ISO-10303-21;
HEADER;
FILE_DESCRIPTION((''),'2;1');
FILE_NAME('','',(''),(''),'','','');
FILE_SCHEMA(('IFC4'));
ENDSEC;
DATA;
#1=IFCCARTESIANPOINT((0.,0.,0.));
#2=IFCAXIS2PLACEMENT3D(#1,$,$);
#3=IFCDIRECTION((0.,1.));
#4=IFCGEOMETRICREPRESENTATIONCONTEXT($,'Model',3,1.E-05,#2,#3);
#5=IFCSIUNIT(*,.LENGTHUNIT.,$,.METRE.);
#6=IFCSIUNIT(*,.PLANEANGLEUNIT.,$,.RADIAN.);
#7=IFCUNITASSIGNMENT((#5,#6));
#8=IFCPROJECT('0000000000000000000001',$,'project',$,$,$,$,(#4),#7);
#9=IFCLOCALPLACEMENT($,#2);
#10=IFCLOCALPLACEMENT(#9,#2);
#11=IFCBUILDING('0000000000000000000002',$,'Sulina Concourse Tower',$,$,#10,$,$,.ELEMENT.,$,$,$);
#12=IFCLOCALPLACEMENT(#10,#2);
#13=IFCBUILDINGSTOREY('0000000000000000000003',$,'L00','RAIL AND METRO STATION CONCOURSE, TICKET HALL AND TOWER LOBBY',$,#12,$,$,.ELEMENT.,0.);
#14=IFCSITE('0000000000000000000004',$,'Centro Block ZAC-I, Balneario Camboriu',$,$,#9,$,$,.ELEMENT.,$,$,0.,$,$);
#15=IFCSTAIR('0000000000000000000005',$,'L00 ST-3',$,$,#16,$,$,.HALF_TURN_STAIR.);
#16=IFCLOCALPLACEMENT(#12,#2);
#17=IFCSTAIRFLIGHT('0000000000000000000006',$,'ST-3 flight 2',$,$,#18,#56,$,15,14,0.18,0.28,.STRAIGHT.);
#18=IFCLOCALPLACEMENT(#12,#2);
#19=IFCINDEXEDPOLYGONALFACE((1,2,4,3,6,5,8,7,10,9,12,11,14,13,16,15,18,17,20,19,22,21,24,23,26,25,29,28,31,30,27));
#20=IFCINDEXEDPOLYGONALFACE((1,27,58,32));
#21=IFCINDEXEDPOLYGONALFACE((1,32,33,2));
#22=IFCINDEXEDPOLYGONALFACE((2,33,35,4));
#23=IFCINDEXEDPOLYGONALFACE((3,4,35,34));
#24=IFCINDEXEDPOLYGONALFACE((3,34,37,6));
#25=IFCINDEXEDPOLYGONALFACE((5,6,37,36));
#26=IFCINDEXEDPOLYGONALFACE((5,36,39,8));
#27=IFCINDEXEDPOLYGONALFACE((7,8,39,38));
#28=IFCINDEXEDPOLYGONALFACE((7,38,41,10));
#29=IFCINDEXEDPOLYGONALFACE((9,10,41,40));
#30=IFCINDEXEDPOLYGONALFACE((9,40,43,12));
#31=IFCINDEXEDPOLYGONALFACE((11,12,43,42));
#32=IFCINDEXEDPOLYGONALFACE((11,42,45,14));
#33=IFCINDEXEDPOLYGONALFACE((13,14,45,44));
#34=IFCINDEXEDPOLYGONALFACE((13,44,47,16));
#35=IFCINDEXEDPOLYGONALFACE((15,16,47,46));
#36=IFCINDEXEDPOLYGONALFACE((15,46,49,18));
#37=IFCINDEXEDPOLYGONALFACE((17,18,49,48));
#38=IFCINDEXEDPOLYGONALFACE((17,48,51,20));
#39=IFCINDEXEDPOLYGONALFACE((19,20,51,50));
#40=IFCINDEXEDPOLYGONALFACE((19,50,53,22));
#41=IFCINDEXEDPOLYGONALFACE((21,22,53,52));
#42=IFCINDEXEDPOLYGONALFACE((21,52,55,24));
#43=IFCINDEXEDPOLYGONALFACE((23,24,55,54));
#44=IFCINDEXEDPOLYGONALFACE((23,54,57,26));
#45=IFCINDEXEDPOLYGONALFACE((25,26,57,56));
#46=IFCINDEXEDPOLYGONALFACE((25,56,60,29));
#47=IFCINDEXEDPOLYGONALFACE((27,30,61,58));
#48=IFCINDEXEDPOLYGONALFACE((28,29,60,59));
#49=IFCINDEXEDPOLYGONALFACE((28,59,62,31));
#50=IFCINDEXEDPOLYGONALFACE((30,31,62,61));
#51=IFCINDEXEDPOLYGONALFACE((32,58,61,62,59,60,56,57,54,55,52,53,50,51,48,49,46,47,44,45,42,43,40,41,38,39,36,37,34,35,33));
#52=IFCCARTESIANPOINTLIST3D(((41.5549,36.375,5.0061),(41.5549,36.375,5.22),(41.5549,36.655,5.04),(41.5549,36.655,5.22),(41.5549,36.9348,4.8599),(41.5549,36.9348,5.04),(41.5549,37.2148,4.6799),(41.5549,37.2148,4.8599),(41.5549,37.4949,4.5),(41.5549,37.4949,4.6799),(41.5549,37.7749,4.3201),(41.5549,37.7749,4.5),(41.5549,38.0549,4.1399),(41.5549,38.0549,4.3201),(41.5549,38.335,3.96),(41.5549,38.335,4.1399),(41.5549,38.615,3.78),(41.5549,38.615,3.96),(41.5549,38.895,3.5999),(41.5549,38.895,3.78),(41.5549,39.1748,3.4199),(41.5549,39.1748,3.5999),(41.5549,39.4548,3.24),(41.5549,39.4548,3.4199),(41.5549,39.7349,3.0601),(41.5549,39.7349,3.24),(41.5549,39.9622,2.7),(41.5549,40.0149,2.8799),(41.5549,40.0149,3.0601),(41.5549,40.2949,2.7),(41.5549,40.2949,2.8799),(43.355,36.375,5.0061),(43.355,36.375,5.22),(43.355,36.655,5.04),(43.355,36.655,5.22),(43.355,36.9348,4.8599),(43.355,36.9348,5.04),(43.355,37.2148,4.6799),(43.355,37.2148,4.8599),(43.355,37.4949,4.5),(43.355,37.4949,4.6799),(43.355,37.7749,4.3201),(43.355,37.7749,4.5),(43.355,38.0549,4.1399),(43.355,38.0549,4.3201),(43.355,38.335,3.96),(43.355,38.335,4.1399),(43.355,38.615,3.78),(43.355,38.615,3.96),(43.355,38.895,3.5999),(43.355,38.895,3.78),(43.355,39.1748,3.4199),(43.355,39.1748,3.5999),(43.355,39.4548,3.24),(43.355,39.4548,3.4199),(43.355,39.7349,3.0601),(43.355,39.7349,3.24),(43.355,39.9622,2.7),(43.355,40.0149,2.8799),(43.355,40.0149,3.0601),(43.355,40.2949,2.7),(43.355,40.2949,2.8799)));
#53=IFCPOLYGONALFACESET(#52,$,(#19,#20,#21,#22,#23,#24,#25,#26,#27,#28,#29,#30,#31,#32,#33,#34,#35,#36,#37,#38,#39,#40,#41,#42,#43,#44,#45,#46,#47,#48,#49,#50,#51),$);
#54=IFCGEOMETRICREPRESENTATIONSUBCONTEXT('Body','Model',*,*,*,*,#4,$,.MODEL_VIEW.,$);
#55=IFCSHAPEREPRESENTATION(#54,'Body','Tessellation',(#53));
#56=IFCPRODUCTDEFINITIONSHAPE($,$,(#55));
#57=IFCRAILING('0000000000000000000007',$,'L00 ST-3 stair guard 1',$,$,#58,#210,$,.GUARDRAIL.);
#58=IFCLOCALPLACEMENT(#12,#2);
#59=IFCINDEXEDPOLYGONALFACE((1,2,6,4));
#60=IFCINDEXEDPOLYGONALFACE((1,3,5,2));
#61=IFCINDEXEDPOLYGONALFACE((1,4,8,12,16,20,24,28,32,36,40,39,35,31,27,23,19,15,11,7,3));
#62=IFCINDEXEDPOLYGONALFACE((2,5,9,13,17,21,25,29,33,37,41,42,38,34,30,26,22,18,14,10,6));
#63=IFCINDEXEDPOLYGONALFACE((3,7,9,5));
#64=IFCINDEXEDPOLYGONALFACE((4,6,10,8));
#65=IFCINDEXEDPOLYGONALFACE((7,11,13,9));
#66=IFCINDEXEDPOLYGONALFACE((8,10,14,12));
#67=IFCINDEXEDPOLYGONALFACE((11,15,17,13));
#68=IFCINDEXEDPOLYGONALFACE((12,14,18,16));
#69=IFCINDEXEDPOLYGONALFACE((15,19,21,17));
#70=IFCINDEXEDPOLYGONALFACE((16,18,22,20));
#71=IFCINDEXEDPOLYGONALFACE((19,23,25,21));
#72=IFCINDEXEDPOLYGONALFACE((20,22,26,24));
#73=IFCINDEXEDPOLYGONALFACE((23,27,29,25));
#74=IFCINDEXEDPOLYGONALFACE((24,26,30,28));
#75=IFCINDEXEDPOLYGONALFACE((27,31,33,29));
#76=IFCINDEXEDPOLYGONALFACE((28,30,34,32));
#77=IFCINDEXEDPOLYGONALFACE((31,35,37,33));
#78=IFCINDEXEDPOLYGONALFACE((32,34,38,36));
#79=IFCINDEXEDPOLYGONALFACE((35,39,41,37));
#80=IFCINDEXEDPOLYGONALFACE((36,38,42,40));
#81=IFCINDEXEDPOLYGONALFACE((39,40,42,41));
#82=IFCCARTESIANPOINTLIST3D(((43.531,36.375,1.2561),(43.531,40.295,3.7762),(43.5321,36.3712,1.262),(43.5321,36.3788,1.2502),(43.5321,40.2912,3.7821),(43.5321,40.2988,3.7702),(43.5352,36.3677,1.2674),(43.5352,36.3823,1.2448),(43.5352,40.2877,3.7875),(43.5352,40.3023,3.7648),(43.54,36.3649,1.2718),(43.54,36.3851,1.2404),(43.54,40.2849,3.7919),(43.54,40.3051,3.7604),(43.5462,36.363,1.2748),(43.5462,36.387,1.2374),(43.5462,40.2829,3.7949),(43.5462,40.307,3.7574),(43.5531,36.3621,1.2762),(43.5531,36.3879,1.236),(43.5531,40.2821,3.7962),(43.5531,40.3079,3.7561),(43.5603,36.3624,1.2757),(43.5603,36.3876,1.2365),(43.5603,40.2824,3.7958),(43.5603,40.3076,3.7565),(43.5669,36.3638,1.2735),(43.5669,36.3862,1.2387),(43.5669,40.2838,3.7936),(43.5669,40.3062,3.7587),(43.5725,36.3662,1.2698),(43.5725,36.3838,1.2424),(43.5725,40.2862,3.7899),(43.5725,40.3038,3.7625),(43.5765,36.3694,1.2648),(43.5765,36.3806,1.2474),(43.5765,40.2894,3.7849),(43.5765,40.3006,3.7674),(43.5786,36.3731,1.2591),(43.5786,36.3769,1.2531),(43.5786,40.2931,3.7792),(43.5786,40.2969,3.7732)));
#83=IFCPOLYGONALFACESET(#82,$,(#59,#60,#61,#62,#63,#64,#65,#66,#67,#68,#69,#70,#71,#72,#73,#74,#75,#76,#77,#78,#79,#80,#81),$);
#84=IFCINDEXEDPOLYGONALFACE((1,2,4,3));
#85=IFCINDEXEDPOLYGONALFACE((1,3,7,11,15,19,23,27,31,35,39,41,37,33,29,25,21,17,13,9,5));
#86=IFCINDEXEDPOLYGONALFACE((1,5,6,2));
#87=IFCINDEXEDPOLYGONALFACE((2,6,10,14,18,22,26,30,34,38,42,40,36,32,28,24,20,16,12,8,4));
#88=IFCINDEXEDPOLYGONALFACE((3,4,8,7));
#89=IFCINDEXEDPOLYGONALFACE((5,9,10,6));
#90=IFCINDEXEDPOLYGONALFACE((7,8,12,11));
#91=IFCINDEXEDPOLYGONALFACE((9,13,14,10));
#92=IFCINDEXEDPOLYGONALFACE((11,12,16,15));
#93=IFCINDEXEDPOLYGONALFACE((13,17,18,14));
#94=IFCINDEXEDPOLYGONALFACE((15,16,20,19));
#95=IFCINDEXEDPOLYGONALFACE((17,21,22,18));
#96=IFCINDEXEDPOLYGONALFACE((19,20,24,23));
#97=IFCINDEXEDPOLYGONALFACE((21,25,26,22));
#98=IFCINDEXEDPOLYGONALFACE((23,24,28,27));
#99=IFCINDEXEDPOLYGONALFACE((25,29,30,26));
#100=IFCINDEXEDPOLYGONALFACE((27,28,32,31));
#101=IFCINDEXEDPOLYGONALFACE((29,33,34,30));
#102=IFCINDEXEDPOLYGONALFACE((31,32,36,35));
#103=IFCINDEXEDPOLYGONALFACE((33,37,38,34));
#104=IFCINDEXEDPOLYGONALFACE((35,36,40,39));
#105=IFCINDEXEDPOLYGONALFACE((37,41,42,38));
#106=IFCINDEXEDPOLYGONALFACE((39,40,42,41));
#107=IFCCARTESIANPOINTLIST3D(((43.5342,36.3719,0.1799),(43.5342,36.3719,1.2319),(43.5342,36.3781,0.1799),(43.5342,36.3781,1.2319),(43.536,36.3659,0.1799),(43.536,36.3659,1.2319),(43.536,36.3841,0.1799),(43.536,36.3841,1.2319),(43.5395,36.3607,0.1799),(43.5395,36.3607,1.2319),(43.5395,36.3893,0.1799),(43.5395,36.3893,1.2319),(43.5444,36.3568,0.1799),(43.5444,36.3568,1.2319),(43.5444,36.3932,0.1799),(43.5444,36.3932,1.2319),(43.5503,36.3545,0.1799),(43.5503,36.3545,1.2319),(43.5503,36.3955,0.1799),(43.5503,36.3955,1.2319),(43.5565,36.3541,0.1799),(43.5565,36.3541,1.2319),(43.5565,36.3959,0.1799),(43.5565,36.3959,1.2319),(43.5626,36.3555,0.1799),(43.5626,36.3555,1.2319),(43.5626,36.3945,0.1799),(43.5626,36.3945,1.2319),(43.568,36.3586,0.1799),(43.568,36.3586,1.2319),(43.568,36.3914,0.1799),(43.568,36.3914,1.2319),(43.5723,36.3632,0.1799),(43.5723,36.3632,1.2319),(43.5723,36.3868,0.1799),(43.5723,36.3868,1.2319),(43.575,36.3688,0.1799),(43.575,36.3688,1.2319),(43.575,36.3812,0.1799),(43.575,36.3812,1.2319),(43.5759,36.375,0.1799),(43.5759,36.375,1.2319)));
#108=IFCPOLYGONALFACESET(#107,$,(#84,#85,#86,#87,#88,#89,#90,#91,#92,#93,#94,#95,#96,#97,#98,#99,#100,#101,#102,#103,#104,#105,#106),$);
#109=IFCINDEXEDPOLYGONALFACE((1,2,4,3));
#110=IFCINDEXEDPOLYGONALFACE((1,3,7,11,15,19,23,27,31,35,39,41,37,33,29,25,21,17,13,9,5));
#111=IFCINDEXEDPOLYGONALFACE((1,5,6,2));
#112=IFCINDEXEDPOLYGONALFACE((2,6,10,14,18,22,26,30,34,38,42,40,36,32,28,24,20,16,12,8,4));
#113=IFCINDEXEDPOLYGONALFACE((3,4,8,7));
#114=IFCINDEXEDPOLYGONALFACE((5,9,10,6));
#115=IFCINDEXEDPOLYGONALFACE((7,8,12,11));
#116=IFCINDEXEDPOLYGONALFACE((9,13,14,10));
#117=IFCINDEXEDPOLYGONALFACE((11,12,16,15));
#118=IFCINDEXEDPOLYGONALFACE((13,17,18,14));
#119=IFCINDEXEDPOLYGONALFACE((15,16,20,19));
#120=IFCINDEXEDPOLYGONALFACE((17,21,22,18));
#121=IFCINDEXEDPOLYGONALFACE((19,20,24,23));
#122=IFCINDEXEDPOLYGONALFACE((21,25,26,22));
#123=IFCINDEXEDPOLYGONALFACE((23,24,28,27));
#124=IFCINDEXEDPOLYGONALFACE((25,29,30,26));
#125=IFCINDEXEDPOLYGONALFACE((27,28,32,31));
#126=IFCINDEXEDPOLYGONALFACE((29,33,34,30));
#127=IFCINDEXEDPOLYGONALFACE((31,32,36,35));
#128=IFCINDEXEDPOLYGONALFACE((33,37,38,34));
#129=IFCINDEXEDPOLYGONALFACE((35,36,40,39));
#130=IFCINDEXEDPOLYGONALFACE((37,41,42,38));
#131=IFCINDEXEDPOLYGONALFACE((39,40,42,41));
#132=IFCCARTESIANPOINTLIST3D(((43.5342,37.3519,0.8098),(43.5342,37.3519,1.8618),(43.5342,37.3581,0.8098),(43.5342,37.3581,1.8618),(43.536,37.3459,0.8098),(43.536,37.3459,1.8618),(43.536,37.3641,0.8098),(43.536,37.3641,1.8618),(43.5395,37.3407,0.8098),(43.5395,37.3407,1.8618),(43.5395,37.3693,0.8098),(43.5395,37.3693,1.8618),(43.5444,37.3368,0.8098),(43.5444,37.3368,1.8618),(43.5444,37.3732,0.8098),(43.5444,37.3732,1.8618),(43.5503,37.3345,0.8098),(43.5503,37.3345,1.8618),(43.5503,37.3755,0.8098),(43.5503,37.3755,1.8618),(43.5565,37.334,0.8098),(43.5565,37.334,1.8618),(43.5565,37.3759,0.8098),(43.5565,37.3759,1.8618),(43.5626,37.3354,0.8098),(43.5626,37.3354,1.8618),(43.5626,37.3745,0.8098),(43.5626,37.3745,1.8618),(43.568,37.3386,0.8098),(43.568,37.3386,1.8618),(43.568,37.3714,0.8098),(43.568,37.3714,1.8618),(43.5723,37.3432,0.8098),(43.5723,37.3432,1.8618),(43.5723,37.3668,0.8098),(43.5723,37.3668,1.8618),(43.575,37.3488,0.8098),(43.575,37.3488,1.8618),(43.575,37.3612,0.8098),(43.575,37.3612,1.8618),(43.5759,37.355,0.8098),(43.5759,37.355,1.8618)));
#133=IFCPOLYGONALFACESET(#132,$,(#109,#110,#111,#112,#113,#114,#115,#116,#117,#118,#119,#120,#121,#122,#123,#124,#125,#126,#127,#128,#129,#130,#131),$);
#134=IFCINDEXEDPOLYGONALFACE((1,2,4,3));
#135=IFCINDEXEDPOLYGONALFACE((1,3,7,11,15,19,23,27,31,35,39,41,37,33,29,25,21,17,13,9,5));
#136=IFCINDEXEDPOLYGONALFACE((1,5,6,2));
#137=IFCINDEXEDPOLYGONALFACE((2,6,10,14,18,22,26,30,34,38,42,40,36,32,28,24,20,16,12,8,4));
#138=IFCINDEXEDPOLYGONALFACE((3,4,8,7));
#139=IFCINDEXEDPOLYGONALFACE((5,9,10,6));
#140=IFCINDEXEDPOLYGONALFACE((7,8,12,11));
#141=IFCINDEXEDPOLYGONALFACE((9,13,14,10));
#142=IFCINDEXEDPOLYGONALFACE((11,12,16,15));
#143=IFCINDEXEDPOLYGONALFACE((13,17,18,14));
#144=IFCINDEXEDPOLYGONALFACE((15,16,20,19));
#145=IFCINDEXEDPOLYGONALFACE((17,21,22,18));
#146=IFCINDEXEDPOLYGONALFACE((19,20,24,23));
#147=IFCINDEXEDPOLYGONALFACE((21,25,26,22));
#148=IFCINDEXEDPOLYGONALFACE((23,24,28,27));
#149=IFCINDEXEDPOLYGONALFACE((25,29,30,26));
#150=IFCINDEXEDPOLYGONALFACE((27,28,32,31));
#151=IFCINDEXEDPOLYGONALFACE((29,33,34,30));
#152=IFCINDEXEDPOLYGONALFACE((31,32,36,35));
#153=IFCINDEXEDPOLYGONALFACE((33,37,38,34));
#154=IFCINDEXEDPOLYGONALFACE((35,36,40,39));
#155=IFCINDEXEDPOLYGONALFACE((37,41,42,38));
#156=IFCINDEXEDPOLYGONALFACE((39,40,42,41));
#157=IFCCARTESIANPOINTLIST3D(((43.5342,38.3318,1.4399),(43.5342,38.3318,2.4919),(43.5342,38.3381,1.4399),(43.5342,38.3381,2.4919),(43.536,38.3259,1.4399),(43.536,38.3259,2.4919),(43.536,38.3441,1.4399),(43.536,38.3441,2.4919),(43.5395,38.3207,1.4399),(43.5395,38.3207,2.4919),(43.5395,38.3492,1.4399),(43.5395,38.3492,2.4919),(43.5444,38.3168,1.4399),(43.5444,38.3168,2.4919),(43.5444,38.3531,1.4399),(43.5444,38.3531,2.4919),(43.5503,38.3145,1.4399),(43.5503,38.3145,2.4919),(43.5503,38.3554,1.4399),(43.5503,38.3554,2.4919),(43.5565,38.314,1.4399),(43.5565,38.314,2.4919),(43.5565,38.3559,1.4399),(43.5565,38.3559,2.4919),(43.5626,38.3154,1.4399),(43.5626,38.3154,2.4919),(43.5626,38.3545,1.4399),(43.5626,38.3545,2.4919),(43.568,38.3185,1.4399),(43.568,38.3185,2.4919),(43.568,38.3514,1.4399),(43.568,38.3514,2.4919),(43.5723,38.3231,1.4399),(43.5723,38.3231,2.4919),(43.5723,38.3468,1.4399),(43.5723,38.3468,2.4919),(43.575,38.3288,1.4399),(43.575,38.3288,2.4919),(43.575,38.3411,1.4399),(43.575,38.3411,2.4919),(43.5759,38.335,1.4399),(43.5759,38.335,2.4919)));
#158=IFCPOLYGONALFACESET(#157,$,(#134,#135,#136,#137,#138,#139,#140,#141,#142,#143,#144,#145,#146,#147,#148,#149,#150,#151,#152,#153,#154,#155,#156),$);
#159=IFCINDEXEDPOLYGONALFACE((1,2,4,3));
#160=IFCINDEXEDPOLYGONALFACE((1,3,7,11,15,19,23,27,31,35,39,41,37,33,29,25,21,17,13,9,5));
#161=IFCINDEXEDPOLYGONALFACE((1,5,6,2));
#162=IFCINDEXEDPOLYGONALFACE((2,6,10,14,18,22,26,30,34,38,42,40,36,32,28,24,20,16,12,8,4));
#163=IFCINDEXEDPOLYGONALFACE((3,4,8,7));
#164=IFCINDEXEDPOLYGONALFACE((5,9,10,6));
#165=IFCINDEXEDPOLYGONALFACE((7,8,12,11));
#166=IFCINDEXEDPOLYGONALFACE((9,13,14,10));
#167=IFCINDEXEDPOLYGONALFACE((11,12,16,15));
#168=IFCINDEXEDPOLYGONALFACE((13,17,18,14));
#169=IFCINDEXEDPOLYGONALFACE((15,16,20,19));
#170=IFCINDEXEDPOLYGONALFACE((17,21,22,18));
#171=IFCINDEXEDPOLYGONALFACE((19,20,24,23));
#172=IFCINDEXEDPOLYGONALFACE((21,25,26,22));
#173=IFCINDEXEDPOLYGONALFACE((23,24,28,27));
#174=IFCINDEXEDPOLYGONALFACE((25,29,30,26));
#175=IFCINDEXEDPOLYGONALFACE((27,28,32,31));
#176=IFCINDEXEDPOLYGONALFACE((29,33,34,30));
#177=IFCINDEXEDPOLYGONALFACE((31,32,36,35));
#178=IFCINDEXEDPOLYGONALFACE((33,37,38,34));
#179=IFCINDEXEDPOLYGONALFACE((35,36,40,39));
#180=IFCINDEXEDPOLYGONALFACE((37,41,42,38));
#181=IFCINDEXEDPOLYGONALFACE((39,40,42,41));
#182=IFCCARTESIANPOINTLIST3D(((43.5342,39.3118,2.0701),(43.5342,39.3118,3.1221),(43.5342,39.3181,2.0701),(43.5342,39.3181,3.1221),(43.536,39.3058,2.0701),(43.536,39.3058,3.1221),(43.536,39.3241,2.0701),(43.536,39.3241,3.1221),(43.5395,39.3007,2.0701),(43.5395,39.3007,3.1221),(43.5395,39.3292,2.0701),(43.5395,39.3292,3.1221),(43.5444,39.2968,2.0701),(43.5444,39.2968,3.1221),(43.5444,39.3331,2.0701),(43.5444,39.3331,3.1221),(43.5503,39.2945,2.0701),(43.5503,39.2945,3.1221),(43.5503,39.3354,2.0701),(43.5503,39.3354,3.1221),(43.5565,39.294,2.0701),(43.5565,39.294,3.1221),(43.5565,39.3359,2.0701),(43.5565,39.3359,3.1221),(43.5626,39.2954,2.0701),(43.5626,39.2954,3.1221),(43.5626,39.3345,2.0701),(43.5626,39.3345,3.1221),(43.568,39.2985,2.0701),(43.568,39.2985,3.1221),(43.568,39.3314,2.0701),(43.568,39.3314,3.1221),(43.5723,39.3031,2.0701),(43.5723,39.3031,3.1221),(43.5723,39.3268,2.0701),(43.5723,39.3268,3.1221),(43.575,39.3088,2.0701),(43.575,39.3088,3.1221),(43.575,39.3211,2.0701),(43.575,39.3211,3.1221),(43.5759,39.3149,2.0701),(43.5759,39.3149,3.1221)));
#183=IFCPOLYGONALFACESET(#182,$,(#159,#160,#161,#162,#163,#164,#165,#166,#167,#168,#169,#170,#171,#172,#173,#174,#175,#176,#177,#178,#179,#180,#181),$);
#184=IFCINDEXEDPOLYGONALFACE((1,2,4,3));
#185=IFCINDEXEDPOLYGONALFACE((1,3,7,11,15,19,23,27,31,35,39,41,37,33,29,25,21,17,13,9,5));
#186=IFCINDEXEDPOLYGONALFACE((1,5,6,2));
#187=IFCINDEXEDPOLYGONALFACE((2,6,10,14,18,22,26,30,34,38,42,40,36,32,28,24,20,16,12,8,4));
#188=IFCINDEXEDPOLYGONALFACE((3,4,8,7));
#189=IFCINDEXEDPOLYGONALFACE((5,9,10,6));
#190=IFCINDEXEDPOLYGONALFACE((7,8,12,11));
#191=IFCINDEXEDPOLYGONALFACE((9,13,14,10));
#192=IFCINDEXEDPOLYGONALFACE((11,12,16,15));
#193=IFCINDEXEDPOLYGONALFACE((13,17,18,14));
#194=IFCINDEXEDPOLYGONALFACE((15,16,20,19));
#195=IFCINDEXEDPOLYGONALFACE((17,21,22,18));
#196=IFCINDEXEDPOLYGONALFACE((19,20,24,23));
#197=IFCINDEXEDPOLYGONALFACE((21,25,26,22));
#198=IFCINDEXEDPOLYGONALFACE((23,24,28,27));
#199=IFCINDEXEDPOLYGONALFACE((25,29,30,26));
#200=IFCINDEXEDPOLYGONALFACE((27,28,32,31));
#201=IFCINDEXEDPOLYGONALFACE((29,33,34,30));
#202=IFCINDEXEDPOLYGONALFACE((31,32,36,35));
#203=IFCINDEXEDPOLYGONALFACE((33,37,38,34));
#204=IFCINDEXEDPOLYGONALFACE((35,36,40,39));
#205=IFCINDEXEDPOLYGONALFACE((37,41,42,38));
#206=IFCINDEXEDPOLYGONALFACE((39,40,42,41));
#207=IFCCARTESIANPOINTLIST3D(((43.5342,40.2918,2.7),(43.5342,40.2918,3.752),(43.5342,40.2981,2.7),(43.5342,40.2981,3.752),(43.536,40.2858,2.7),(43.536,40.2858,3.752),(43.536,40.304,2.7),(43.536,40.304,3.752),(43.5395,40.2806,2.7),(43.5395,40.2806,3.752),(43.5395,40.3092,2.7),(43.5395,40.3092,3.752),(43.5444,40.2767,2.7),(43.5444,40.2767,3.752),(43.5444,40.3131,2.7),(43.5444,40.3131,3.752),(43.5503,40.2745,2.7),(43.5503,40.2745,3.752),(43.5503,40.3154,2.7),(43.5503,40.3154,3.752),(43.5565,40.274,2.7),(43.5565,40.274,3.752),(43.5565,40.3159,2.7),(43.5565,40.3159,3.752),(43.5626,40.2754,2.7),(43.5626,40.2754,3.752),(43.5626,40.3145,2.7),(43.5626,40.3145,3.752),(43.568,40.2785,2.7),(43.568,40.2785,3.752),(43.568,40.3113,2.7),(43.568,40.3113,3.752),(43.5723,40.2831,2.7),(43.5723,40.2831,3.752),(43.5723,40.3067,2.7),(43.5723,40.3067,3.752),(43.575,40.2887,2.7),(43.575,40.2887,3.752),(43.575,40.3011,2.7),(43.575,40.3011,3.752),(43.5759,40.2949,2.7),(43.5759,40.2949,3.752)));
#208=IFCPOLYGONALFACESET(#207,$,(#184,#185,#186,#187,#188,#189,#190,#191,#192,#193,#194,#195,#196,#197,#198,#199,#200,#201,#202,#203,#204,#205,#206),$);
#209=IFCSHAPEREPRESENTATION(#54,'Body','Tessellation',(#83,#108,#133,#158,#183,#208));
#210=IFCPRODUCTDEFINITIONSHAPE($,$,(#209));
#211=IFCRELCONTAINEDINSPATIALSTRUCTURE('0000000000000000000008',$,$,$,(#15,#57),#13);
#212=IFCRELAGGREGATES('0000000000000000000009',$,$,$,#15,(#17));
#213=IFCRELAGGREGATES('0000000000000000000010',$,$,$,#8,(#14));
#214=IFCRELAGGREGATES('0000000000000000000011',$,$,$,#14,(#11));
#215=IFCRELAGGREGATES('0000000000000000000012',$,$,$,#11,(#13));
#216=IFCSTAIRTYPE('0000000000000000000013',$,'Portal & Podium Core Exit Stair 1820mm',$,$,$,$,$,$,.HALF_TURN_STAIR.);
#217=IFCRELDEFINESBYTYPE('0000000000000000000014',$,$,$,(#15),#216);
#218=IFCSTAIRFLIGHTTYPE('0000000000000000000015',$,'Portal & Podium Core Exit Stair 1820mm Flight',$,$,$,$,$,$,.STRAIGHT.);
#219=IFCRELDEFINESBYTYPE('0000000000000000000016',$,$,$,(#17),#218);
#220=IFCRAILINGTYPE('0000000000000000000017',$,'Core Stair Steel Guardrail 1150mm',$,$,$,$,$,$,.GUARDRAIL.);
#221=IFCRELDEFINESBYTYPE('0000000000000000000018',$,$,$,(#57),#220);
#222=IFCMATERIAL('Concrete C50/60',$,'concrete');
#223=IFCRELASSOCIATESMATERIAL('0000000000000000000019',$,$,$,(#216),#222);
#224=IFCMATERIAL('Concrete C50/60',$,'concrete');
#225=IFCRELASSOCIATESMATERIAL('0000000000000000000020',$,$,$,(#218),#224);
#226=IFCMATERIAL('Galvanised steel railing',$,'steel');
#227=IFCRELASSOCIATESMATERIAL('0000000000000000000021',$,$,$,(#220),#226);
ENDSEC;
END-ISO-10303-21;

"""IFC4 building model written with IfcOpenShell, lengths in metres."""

from ifc_helpers import new_model, si_unit, direction, frame, origin, origin_2d, place, context, subcontext, project, spatial, polyline, circle, outline, extrude, material, type_object, element, aggregate, save


model = new_model("IFC4")

# Units and contexts
model_context = context("Model", 3, precision=1e-05, world=origin(), true_north=direction((0.0, 1.0)))
body_context = subcontext(model_context, "Body", "Model", "MODEL_VIEW")
ifc_project = project(units=[si_unit("LENGTHUNIT", "METRE"), si_unit("PLANEANGLEUNIT", "RADIAN")], contexts=[model_context])

# Site, building, storey
site_placement = place(None, origin())
site = spatial("IfcSite", under=ifc_project, at=site_placement, Name="Centro Block ZAC-I, Balneario Camboriu", CompositionType="ELEMENT", RefElevation=0.0)
building_placement = place(site_placement, origin())
building = spatial("IfcBuilding", under=site, at=building_placement, Name="Sulina Concourse Tower", CompositionType="ELEMENT")
storey_placement = place(building_placement, origin())
storey = spatial("IfcBuildingStorey", under=building, at=storey_placement, Name="L00", Description="RAIL AND METRO STATION CONCOURSE, TICKET HALL AND TOWER LOBBY", CompositionType="ELEMENT", Elevation=0.0)

# Stair, stair flight
ifc_material_1 = material(Name="Concrete C50/60", Category="concrete")
stair_type = type_object("IfcStairType", Name="Portal & Podium Core Exit Stair 1820mm", PredefinedType="HALF_TURN_STAIR", material=ifc_material_1)
stair_placement = place(storey_placement, origin())
stair = element("IfcStair", 1, at=stair_placement, inside=storey, type_object=stair_type, Name="L00 ST-3", PredefinedType="HALF_TURN_STAIR")
ifc_material_2 = material(Name="Concrete C50/60", Category="concrete")
stair_flight_type = type_object("IfcStairFlightType", Name="Portal & Podium Core Exit Stair 1820mm Flight", PredefinedType="STRAIGHT", material=ifc_material_2)
stair_flight_1_placement = place(storey_placement, frame((42.4551, 40.2949, 2.7), z_axis=(0.0, 0.0, 1.0), x_axis=(0.0, -1.0, 0.0)))
stair_flight_1 = element("IfcStairFlight", 2, at=stair_flight_1_placement, type_object=stair_flight_type, Name="ST-3 flight 2", NumberOfRisers=15, NumberOfTreads=14, PredefinedType="STRAIGHT", RiserHeight=0.18, TreadLength=0.28, context=body_context, shape_type="SweptSolid", body=[
    extrude(outline(polyline([(0.0, 0.0), (0.0, 0.1799), (0.28, 0.1799), (0.28, 0.3601), (0.5601, 0.3601), (0.5601, 0.54), (0.8401, 0.54), (0.8401, 0.72), (1.1201, 0.72), (1.1201, 0.8999), (1.3999, 0.8999), (1.3999, 1.0801), (1.6799, 1.0801), (1.6799, 1.26), (1.96, 1.26), (1.96, 1.4399), (2.24, 1.4399), (2.24, 1.6201), (2.52, 1.6201), (2.52, 1.8), (2.8, 1.8), (2.8, 1.98), (3.0801, 1.98), (3.0801, 2.1599), (3.3601, 2.1599), (3.3601, 2.3401), (3.6399, 2.3401), (3.6399, 2.52), (3.9199, 2.52), (3.9199, 2.7), (3.9199, 2.3062), (0.3328, 0.0), (0.0, 0.0)])), frame((0.0, 0.8999, 0.0), z_axis=(0.0, -1.0, 0.0), x_axis=(1.0, 0.0, 0.0)), (0.0, 0.0, 1.0), 1.8),
])
aggregate(stair, [stair_flight_1])

# Railing
ifc_material_3 = material(Name="Galvanised steel railing", Category="steel")
railing_type_1 = type_object("IfcRailingType", Name="Core Stair Steel Guardrail 1150mm", PredefinedType="GUARDRAIL", material=ifc_material_3)
railing_1_placement = place(storey_placement, frame((43.5549, 36.375, 0.1799)))
element("IfcRailing", 3, at=railing_1_placement, inside=storey, type_object=railing_type_1, Name="L00 ST-3 stair guard 1", PredefinedType="GUARDRAIL", context=body_context, shape_type="SweptSolid", body=[
    extrude(circle(Radius=0.0239, at=origin_2d()), frame((0.0, 0.0, 1.0762), z_axis=(0.0, 0.841172, 0.540768), x_axis=(-1.0, 0.0, 0.0)), (0.0, 0.0, 1.0), 4.6602),
    extrude(circle(Radius=0.021, at=origin_2d()), origin(), (0.0, 0.0, 1.0), 1.052),
    extrude(circle(Radius=0.021, at=origin_2d()), frame((0.0, 0.98, 0.6299)), (0.0, 0.0, 1.0), 1.052),
    extrude(circle(Radius=0.021, at=origin_2d()), frame((0.0, 1.96, 1.26)), (0.0, 0.0, 1.0), 1.052),
    extrude(circle(Radius=0.021, at=origin_2d()), frame((0.0, 2.9399, 1.8901)), (0.0, 0.0, 1.0), 1.052),
    extrude(circle(Radius=0.021, at=origin_2d()), frame((0.0, 3.9199, 2.52)), (0.0, 0.0, 1.0), 1.052),
])

save(model, "model.ifc")
